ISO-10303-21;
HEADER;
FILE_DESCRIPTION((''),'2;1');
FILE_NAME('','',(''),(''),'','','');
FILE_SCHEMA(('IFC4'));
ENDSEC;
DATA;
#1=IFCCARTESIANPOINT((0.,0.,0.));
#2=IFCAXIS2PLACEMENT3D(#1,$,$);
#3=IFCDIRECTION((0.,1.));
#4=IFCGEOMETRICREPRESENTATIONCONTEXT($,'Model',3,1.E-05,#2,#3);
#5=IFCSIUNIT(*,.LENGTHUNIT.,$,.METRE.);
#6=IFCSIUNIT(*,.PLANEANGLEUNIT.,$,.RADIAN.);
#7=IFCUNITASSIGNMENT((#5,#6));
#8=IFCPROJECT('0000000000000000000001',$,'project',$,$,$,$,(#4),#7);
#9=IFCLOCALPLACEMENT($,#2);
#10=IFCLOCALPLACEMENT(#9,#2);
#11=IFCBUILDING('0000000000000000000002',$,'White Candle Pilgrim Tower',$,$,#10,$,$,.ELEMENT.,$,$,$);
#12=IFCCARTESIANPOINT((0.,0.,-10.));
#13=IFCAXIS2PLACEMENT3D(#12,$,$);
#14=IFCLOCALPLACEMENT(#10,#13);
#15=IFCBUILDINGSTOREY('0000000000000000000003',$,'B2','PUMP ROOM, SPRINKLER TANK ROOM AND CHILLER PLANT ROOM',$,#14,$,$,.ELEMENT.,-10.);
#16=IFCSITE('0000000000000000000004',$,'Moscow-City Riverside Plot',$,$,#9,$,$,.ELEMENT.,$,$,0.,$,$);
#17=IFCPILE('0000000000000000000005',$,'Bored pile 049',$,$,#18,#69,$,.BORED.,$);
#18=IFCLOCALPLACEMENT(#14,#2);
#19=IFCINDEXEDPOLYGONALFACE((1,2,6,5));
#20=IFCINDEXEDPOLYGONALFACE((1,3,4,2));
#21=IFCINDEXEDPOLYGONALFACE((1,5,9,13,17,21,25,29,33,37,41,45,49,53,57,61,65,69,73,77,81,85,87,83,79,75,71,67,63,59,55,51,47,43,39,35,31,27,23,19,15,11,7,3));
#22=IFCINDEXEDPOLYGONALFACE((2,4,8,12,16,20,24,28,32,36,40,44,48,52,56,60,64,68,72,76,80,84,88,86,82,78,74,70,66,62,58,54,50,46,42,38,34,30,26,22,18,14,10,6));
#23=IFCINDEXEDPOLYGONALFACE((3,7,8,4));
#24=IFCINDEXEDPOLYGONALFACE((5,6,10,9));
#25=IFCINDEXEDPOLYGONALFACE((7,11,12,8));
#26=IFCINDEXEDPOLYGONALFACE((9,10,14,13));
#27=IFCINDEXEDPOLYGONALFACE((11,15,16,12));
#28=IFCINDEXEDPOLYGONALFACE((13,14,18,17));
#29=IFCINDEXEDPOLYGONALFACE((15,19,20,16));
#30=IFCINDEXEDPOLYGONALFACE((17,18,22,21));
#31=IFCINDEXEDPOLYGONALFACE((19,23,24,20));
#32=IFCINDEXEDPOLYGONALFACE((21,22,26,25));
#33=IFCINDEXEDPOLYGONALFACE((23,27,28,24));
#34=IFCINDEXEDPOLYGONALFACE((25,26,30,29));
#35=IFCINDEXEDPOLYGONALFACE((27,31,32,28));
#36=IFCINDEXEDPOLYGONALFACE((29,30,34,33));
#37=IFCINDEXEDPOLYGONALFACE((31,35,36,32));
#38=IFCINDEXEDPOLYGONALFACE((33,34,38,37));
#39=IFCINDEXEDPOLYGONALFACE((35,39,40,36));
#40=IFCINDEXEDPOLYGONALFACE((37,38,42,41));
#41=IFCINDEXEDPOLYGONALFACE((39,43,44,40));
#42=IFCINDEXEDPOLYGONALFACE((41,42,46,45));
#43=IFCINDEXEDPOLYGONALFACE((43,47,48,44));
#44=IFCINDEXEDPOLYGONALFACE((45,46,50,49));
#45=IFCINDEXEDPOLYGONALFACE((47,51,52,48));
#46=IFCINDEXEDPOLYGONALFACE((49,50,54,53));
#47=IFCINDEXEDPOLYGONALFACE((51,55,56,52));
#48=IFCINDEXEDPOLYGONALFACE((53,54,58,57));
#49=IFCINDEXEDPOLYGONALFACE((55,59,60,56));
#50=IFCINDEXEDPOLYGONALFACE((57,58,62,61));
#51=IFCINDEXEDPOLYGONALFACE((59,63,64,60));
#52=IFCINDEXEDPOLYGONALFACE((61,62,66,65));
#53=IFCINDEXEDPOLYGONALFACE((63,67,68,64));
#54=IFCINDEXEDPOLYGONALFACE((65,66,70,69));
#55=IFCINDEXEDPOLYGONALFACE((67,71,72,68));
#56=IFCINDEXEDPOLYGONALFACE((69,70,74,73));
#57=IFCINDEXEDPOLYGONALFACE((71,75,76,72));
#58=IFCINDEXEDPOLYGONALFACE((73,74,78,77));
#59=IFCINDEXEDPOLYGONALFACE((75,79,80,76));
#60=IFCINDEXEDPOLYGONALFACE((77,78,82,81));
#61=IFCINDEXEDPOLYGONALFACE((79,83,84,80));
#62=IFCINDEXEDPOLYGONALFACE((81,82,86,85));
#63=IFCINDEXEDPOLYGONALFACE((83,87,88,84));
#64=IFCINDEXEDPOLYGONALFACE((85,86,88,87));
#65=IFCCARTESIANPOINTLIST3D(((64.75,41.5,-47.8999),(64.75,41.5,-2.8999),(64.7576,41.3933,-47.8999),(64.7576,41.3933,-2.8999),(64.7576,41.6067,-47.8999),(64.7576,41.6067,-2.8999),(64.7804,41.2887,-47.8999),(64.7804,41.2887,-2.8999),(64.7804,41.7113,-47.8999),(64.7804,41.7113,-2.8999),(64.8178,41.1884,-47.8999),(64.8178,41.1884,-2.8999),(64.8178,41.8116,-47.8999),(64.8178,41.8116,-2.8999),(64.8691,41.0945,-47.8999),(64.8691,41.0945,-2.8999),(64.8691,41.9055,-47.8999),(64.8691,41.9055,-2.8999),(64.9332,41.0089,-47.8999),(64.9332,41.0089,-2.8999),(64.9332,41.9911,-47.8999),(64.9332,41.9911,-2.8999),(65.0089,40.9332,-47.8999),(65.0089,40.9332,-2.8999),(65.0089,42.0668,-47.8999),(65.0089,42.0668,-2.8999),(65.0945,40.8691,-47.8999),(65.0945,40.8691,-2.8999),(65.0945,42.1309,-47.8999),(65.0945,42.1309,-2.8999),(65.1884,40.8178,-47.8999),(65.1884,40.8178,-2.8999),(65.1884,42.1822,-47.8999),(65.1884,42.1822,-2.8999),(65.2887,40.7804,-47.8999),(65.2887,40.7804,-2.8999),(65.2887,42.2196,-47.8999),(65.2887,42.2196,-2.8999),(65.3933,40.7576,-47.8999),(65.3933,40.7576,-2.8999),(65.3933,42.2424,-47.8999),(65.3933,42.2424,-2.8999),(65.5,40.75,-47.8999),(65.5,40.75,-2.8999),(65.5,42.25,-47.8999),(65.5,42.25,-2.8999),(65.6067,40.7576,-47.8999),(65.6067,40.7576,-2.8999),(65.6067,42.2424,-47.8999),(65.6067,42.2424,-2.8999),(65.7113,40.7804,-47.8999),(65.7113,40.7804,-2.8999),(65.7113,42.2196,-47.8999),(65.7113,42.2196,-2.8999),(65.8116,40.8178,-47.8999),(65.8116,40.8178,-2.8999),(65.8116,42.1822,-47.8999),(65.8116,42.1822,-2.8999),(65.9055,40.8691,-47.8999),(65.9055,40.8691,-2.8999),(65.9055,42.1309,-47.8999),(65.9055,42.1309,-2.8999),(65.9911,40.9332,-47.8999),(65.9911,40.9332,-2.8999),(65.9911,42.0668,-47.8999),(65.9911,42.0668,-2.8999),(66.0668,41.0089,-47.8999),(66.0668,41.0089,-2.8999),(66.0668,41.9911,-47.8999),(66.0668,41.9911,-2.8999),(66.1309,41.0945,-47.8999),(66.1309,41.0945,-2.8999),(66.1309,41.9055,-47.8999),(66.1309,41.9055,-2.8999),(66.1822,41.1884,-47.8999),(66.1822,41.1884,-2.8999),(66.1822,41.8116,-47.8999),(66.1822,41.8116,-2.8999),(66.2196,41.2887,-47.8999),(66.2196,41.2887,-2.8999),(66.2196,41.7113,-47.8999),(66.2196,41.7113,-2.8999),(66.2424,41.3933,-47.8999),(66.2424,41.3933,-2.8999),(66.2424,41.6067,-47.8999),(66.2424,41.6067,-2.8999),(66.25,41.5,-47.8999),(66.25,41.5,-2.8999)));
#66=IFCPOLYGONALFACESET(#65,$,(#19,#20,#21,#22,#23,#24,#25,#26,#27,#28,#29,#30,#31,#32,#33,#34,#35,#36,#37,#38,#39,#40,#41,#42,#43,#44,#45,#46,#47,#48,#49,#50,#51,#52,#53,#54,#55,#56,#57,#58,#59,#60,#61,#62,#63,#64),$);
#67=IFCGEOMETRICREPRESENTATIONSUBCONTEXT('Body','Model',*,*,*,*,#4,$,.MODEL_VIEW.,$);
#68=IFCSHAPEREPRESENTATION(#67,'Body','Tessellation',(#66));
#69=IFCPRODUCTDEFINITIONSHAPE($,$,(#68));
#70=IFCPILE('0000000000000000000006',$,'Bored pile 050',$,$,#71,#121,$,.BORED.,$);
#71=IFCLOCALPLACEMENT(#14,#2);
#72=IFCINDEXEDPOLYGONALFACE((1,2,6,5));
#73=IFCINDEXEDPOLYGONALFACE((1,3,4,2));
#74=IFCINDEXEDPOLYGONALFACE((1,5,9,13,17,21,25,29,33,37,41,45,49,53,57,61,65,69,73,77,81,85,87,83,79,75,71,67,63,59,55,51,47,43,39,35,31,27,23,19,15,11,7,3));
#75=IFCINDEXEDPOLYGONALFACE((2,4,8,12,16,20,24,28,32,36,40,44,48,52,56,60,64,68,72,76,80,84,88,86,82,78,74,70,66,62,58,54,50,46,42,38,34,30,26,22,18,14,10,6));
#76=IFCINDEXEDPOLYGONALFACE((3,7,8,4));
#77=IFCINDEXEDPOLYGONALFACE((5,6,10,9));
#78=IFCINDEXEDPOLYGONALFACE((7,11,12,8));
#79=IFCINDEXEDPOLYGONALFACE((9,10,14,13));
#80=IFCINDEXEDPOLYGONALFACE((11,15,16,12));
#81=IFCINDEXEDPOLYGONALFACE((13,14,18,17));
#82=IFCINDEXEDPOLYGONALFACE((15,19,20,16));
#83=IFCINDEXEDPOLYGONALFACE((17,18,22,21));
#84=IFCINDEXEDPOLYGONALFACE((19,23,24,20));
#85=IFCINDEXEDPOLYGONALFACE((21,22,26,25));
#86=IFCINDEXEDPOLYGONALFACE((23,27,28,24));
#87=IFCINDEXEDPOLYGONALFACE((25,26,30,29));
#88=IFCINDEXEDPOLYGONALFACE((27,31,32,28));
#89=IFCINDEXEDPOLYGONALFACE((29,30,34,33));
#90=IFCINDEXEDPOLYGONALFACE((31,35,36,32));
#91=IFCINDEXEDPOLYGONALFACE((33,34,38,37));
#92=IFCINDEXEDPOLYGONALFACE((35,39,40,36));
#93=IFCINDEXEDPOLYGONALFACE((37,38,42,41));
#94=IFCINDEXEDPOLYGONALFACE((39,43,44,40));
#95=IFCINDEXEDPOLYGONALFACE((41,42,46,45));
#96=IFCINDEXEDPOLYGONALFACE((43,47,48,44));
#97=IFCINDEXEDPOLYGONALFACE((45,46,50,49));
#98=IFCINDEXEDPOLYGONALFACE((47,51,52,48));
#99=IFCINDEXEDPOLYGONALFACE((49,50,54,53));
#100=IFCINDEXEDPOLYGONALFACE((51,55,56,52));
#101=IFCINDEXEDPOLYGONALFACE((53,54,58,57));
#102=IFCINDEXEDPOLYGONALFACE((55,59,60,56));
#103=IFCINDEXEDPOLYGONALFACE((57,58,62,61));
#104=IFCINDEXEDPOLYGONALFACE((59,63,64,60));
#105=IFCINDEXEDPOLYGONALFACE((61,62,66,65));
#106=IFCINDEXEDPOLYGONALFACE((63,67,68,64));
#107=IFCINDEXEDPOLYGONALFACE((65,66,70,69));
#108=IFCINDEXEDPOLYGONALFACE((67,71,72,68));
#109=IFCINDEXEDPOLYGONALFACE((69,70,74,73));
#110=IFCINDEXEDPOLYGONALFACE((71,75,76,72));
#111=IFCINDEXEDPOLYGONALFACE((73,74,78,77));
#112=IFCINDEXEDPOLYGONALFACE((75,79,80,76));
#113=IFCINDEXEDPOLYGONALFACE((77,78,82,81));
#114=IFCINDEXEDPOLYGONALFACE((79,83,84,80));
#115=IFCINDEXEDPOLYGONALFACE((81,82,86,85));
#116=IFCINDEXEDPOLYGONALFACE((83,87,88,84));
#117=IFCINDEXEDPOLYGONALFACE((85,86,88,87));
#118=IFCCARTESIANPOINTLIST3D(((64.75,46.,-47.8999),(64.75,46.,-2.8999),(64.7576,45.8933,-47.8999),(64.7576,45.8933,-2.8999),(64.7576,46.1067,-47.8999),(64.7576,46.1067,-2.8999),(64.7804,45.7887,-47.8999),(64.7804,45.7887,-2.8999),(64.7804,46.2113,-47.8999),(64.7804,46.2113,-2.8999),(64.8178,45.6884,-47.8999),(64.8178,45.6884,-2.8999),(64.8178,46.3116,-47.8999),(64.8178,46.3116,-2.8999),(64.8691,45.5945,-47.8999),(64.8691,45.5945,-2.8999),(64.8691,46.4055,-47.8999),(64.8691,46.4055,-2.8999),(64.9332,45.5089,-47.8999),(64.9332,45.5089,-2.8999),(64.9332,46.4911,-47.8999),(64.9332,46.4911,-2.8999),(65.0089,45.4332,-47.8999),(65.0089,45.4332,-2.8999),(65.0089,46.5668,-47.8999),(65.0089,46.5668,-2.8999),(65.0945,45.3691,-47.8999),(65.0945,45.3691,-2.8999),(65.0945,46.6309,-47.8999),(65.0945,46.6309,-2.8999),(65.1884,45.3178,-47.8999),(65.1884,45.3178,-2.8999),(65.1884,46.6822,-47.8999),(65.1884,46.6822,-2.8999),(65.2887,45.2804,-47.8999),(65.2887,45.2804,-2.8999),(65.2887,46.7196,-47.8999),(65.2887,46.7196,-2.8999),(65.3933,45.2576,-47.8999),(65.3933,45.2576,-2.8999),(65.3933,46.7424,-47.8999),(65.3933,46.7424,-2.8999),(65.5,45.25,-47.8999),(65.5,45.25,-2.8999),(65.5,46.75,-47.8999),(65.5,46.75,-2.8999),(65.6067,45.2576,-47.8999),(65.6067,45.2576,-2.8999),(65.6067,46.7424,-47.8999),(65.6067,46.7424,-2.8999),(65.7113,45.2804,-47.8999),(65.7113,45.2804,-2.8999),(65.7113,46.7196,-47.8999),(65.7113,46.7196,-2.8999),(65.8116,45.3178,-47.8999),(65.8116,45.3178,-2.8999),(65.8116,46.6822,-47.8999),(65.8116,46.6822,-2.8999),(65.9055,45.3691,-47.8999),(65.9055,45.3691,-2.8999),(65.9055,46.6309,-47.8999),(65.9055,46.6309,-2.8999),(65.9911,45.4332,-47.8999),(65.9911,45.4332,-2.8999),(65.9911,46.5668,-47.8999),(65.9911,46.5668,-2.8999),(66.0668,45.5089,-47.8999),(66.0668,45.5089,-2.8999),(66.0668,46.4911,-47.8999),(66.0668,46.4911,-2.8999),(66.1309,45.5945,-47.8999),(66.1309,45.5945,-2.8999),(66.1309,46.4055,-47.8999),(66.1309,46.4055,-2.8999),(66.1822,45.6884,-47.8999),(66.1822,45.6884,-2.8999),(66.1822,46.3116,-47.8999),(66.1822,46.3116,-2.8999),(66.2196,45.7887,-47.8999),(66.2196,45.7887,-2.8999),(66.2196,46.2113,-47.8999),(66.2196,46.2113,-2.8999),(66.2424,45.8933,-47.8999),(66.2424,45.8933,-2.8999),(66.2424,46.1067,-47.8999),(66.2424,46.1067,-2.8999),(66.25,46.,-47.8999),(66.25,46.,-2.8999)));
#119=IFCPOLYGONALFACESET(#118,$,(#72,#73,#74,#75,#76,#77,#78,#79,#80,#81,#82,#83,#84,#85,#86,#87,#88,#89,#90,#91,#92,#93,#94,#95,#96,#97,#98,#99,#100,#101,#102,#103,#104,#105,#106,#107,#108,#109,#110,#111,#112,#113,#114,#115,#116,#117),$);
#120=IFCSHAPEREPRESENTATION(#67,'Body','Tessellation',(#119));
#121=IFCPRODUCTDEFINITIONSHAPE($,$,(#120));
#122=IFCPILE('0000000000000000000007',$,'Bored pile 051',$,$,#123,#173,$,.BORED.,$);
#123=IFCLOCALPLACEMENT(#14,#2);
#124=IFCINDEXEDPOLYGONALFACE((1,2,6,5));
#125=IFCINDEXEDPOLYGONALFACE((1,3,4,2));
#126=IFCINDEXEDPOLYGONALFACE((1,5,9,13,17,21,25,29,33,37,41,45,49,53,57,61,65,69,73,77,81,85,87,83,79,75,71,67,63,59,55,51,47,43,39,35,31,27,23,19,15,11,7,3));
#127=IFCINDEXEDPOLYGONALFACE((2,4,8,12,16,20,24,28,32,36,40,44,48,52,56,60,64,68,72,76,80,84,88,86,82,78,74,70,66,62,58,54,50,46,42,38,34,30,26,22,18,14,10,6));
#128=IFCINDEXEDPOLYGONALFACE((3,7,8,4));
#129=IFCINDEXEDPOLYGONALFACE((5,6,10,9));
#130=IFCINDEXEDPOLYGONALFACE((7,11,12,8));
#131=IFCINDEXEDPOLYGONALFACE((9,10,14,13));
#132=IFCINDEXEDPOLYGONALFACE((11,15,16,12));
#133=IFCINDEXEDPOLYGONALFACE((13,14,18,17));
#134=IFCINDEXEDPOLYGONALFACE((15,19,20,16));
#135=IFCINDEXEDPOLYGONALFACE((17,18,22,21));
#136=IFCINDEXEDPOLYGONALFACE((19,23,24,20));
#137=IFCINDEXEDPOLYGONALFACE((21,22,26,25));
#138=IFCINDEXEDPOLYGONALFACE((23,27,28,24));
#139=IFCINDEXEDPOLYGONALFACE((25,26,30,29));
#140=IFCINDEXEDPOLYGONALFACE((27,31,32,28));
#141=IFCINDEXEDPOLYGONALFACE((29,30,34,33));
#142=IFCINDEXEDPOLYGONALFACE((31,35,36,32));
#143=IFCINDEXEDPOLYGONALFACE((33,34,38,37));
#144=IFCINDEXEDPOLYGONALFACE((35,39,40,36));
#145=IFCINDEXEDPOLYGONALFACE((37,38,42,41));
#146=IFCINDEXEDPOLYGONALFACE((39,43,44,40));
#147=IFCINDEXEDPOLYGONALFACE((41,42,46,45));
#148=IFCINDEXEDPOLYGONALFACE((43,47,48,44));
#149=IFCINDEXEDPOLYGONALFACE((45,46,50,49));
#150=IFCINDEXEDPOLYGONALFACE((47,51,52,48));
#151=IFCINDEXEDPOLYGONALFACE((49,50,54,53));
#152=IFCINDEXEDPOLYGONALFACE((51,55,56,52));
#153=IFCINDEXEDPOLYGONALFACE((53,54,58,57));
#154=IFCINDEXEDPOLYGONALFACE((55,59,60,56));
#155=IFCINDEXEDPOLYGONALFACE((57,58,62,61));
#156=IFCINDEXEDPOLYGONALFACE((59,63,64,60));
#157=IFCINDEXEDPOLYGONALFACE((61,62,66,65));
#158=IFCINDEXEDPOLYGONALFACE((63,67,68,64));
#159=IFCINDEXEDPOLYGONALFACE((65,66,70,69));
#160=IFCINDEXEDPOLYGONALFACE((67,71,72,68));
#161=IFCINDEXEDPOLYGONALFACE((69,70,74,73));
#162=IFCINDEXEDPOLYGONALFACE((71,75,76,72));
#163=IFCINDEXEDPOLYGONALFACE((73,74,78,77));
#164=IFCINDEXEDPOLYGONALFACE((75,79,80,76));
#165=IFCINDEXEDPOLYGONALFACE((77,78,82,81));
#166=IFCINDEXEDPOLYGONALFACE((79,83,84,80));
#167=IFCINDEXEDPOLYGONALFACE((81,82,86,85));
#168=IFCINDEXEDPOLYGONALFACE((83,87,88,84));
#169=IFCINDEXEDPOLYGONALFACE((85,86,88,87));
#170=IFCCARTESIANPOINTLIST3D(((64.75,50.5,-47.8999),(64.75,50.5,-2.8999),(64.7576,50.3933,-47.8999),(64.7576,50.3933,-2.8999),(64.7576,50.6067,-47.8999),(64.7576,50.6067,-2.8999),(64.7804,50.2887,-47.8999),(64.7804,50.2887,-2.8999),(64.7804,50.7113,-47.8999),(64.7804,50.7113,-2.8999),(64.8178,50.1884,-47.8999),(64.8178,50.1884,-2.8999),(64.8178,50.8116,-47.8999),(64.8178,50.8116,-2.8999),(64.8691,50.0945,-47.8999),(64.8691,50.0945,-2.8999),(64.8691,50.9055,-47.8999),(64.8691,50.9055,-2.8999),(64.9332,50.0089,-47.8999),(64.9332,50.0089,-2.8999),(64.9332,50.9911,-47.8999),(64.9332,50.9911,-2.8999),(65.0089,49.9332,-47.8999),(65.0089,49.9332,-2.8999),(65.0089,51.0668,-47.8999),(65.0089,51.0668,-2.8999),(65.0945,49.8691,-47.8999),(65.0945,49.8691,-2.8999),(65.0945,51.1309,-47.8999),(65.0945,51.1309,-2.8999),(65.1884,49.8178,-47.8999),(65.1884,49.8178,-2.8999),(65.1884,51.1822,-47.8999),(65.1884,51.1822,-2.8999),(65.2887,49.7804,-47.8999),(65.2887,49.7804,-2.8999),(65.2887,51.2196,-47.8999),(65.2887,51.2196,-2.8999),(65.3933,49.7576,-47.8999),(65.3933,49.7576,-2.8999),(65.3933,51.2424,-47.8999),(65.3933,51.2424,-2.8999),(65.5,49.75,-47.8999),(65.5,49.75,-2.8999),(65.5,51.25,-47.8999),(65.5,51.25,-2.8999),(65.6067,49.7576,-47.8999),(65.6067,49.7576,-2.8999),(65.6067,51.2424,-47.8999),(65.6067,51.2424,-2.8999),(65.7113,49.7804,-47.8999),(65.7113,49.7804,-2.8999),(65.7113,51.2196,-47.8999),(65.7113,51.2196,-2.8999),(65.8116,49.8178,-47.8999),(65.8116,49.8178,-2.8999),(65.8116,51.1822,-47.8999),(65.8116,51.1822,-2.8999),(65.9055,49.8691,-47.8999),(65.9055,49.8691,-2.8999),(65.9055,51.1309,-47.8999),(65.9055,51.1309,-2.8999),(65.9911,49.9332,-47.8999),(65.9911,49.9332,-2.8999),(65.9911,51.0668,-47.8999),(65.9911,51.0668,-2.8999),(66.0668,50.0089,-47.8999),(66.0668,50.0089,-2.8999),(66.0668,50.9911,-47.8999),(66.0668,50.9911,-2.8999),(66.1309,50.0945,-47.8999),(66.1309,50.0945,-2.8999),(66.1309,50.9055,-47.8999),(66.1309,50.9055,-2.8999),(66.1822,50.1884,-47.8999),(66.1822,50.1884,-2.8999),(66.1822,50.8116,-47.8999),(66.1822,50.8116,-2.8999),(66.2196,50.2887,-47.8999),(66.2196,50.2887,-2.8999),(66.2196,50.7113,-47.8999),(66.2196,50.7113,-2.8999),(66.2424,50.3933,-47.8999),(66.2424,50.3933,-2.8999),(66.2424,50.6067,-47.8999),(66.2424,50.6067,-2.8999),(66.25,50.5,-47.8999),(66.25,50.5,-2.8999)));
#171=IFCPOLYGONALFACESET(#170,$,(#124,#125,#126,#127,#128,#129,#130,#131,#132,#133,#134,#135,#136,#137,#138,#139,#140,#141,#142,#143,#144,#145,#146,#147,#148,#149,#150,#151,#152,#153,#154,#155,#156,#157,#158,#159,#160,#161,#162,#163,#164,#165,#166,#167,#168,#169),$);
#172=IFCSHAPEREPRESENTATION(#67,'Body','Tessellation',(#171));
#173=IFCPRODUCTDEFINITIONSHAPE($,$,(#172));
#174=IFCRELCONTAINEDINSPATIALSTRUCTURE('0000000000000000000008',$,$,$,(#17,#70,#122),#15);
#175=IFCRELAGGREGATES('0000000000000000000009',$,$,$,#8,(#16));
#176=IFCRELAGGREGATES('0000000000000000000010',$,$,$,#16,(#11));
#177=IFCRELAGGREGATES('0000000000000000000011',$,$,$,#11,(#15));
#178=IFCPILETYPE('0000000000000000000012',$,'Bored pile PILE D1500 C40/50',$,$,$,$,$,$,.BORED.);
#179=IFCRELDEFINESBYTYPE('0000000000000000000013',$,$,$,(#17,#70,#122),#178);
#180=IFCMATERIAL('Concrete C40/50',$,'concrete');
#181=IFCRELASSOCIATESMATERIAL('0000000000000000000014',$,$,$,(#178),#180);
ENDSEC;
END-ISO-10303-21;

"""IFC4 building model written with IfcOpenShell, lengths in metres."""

from ifc_helpers import new_model, si_unit, direction, frame, origin, origin_2d, place, context, subcontext, project, spatial, circle, extrude, material, material_profile, profile_set, type_object, element, save


model = new_model("IFC4")

# Units and contexts
model_context = context("Model", 3, precision=1e-05, world=origin(), true_north=direction((0.0, 1.0)))
body_context = subcontext(model_context, "Body", "Model", "MODEL_VIEW")
ifc_project = project(units=[si_unit("LENGTHUNIT", "METRE"), si_unit("PLANEANGLEUNIT", "RADIAN")], contexts=[model_context])

# Site, building, storey
site_placement = place(None, origin())
site = spatial("IfcSite", under=ifc_project, at=site_placement, Name="Moscow-City Riverside Plot", CompositionType="ELEMENT", RefElevation=0.0)
building_placement = place(site_placement, origin())
building = spatial("IfcBuilding", under=site, at=building_placement, Name="White Candle Pilgrim Tower", CompositionType="ELEMENT")
storey_placement = place(building_placement, frame((0.0, 0.0, -10.0)))
storey = spatial("IfcBuildingStorey", under=building, at=storey_placement, Name="B2", Description="PUMP ROOM, SPRINKLER TANK ROOM AND CHILLER PLANT ROOM", CompositionType="ELEMENT", Elevation=-10.0)

# Piles
ifc_material_1 = material(Name="Concrete C40/50", Category="concrete")
ifc_material_profile_1 = material_profile(ifc_material_1, circle(Radius=0.75, at=origin_2d()), Name="PILE D1500")
ifc_profile_set_1 = profile_set([ifc_material_profile_1], Name="Concrete C40/50")
pile_type = type_object("IfcPileType", Name="Bored pile PILE D1500 C40/50", PredefinedType="BORED", material=ifc_profile_set_1)
for number, where, z_axis, x_axis, name in (
    (1, (65.5, 41.5, -2.8999), (0.0, 0.0, -1.0), (1.0, 0.0, 0.0), "Bored pile 049"),
    (2, (65.5, 46.0, -2.8999), (0.0, 0.0, -1.0), (1.0, 0.0, 0.0), "Bored pile 050"),
    (3, (65.5, 50.5, -2.8999), (0.0, 0.0, -1.0), (1.0, 0.0, 0.0), "Bored pile 051"),
):
    element("IfcPile", number, at=place(storey_placement, frame(where, z_axis=z_axis, x_axis=x_axis)), inside=storey, type_object=pile_type, Name=name, PredefinedType="BORED", context=body_context, shape_type="SweptSolid", body=[
        extrude(circle(Radius=0.75, at=origin_2d()), origin(), (0.0, 0.0, 1.0), 45.0),
    ])

save(model, "model.ifc")
